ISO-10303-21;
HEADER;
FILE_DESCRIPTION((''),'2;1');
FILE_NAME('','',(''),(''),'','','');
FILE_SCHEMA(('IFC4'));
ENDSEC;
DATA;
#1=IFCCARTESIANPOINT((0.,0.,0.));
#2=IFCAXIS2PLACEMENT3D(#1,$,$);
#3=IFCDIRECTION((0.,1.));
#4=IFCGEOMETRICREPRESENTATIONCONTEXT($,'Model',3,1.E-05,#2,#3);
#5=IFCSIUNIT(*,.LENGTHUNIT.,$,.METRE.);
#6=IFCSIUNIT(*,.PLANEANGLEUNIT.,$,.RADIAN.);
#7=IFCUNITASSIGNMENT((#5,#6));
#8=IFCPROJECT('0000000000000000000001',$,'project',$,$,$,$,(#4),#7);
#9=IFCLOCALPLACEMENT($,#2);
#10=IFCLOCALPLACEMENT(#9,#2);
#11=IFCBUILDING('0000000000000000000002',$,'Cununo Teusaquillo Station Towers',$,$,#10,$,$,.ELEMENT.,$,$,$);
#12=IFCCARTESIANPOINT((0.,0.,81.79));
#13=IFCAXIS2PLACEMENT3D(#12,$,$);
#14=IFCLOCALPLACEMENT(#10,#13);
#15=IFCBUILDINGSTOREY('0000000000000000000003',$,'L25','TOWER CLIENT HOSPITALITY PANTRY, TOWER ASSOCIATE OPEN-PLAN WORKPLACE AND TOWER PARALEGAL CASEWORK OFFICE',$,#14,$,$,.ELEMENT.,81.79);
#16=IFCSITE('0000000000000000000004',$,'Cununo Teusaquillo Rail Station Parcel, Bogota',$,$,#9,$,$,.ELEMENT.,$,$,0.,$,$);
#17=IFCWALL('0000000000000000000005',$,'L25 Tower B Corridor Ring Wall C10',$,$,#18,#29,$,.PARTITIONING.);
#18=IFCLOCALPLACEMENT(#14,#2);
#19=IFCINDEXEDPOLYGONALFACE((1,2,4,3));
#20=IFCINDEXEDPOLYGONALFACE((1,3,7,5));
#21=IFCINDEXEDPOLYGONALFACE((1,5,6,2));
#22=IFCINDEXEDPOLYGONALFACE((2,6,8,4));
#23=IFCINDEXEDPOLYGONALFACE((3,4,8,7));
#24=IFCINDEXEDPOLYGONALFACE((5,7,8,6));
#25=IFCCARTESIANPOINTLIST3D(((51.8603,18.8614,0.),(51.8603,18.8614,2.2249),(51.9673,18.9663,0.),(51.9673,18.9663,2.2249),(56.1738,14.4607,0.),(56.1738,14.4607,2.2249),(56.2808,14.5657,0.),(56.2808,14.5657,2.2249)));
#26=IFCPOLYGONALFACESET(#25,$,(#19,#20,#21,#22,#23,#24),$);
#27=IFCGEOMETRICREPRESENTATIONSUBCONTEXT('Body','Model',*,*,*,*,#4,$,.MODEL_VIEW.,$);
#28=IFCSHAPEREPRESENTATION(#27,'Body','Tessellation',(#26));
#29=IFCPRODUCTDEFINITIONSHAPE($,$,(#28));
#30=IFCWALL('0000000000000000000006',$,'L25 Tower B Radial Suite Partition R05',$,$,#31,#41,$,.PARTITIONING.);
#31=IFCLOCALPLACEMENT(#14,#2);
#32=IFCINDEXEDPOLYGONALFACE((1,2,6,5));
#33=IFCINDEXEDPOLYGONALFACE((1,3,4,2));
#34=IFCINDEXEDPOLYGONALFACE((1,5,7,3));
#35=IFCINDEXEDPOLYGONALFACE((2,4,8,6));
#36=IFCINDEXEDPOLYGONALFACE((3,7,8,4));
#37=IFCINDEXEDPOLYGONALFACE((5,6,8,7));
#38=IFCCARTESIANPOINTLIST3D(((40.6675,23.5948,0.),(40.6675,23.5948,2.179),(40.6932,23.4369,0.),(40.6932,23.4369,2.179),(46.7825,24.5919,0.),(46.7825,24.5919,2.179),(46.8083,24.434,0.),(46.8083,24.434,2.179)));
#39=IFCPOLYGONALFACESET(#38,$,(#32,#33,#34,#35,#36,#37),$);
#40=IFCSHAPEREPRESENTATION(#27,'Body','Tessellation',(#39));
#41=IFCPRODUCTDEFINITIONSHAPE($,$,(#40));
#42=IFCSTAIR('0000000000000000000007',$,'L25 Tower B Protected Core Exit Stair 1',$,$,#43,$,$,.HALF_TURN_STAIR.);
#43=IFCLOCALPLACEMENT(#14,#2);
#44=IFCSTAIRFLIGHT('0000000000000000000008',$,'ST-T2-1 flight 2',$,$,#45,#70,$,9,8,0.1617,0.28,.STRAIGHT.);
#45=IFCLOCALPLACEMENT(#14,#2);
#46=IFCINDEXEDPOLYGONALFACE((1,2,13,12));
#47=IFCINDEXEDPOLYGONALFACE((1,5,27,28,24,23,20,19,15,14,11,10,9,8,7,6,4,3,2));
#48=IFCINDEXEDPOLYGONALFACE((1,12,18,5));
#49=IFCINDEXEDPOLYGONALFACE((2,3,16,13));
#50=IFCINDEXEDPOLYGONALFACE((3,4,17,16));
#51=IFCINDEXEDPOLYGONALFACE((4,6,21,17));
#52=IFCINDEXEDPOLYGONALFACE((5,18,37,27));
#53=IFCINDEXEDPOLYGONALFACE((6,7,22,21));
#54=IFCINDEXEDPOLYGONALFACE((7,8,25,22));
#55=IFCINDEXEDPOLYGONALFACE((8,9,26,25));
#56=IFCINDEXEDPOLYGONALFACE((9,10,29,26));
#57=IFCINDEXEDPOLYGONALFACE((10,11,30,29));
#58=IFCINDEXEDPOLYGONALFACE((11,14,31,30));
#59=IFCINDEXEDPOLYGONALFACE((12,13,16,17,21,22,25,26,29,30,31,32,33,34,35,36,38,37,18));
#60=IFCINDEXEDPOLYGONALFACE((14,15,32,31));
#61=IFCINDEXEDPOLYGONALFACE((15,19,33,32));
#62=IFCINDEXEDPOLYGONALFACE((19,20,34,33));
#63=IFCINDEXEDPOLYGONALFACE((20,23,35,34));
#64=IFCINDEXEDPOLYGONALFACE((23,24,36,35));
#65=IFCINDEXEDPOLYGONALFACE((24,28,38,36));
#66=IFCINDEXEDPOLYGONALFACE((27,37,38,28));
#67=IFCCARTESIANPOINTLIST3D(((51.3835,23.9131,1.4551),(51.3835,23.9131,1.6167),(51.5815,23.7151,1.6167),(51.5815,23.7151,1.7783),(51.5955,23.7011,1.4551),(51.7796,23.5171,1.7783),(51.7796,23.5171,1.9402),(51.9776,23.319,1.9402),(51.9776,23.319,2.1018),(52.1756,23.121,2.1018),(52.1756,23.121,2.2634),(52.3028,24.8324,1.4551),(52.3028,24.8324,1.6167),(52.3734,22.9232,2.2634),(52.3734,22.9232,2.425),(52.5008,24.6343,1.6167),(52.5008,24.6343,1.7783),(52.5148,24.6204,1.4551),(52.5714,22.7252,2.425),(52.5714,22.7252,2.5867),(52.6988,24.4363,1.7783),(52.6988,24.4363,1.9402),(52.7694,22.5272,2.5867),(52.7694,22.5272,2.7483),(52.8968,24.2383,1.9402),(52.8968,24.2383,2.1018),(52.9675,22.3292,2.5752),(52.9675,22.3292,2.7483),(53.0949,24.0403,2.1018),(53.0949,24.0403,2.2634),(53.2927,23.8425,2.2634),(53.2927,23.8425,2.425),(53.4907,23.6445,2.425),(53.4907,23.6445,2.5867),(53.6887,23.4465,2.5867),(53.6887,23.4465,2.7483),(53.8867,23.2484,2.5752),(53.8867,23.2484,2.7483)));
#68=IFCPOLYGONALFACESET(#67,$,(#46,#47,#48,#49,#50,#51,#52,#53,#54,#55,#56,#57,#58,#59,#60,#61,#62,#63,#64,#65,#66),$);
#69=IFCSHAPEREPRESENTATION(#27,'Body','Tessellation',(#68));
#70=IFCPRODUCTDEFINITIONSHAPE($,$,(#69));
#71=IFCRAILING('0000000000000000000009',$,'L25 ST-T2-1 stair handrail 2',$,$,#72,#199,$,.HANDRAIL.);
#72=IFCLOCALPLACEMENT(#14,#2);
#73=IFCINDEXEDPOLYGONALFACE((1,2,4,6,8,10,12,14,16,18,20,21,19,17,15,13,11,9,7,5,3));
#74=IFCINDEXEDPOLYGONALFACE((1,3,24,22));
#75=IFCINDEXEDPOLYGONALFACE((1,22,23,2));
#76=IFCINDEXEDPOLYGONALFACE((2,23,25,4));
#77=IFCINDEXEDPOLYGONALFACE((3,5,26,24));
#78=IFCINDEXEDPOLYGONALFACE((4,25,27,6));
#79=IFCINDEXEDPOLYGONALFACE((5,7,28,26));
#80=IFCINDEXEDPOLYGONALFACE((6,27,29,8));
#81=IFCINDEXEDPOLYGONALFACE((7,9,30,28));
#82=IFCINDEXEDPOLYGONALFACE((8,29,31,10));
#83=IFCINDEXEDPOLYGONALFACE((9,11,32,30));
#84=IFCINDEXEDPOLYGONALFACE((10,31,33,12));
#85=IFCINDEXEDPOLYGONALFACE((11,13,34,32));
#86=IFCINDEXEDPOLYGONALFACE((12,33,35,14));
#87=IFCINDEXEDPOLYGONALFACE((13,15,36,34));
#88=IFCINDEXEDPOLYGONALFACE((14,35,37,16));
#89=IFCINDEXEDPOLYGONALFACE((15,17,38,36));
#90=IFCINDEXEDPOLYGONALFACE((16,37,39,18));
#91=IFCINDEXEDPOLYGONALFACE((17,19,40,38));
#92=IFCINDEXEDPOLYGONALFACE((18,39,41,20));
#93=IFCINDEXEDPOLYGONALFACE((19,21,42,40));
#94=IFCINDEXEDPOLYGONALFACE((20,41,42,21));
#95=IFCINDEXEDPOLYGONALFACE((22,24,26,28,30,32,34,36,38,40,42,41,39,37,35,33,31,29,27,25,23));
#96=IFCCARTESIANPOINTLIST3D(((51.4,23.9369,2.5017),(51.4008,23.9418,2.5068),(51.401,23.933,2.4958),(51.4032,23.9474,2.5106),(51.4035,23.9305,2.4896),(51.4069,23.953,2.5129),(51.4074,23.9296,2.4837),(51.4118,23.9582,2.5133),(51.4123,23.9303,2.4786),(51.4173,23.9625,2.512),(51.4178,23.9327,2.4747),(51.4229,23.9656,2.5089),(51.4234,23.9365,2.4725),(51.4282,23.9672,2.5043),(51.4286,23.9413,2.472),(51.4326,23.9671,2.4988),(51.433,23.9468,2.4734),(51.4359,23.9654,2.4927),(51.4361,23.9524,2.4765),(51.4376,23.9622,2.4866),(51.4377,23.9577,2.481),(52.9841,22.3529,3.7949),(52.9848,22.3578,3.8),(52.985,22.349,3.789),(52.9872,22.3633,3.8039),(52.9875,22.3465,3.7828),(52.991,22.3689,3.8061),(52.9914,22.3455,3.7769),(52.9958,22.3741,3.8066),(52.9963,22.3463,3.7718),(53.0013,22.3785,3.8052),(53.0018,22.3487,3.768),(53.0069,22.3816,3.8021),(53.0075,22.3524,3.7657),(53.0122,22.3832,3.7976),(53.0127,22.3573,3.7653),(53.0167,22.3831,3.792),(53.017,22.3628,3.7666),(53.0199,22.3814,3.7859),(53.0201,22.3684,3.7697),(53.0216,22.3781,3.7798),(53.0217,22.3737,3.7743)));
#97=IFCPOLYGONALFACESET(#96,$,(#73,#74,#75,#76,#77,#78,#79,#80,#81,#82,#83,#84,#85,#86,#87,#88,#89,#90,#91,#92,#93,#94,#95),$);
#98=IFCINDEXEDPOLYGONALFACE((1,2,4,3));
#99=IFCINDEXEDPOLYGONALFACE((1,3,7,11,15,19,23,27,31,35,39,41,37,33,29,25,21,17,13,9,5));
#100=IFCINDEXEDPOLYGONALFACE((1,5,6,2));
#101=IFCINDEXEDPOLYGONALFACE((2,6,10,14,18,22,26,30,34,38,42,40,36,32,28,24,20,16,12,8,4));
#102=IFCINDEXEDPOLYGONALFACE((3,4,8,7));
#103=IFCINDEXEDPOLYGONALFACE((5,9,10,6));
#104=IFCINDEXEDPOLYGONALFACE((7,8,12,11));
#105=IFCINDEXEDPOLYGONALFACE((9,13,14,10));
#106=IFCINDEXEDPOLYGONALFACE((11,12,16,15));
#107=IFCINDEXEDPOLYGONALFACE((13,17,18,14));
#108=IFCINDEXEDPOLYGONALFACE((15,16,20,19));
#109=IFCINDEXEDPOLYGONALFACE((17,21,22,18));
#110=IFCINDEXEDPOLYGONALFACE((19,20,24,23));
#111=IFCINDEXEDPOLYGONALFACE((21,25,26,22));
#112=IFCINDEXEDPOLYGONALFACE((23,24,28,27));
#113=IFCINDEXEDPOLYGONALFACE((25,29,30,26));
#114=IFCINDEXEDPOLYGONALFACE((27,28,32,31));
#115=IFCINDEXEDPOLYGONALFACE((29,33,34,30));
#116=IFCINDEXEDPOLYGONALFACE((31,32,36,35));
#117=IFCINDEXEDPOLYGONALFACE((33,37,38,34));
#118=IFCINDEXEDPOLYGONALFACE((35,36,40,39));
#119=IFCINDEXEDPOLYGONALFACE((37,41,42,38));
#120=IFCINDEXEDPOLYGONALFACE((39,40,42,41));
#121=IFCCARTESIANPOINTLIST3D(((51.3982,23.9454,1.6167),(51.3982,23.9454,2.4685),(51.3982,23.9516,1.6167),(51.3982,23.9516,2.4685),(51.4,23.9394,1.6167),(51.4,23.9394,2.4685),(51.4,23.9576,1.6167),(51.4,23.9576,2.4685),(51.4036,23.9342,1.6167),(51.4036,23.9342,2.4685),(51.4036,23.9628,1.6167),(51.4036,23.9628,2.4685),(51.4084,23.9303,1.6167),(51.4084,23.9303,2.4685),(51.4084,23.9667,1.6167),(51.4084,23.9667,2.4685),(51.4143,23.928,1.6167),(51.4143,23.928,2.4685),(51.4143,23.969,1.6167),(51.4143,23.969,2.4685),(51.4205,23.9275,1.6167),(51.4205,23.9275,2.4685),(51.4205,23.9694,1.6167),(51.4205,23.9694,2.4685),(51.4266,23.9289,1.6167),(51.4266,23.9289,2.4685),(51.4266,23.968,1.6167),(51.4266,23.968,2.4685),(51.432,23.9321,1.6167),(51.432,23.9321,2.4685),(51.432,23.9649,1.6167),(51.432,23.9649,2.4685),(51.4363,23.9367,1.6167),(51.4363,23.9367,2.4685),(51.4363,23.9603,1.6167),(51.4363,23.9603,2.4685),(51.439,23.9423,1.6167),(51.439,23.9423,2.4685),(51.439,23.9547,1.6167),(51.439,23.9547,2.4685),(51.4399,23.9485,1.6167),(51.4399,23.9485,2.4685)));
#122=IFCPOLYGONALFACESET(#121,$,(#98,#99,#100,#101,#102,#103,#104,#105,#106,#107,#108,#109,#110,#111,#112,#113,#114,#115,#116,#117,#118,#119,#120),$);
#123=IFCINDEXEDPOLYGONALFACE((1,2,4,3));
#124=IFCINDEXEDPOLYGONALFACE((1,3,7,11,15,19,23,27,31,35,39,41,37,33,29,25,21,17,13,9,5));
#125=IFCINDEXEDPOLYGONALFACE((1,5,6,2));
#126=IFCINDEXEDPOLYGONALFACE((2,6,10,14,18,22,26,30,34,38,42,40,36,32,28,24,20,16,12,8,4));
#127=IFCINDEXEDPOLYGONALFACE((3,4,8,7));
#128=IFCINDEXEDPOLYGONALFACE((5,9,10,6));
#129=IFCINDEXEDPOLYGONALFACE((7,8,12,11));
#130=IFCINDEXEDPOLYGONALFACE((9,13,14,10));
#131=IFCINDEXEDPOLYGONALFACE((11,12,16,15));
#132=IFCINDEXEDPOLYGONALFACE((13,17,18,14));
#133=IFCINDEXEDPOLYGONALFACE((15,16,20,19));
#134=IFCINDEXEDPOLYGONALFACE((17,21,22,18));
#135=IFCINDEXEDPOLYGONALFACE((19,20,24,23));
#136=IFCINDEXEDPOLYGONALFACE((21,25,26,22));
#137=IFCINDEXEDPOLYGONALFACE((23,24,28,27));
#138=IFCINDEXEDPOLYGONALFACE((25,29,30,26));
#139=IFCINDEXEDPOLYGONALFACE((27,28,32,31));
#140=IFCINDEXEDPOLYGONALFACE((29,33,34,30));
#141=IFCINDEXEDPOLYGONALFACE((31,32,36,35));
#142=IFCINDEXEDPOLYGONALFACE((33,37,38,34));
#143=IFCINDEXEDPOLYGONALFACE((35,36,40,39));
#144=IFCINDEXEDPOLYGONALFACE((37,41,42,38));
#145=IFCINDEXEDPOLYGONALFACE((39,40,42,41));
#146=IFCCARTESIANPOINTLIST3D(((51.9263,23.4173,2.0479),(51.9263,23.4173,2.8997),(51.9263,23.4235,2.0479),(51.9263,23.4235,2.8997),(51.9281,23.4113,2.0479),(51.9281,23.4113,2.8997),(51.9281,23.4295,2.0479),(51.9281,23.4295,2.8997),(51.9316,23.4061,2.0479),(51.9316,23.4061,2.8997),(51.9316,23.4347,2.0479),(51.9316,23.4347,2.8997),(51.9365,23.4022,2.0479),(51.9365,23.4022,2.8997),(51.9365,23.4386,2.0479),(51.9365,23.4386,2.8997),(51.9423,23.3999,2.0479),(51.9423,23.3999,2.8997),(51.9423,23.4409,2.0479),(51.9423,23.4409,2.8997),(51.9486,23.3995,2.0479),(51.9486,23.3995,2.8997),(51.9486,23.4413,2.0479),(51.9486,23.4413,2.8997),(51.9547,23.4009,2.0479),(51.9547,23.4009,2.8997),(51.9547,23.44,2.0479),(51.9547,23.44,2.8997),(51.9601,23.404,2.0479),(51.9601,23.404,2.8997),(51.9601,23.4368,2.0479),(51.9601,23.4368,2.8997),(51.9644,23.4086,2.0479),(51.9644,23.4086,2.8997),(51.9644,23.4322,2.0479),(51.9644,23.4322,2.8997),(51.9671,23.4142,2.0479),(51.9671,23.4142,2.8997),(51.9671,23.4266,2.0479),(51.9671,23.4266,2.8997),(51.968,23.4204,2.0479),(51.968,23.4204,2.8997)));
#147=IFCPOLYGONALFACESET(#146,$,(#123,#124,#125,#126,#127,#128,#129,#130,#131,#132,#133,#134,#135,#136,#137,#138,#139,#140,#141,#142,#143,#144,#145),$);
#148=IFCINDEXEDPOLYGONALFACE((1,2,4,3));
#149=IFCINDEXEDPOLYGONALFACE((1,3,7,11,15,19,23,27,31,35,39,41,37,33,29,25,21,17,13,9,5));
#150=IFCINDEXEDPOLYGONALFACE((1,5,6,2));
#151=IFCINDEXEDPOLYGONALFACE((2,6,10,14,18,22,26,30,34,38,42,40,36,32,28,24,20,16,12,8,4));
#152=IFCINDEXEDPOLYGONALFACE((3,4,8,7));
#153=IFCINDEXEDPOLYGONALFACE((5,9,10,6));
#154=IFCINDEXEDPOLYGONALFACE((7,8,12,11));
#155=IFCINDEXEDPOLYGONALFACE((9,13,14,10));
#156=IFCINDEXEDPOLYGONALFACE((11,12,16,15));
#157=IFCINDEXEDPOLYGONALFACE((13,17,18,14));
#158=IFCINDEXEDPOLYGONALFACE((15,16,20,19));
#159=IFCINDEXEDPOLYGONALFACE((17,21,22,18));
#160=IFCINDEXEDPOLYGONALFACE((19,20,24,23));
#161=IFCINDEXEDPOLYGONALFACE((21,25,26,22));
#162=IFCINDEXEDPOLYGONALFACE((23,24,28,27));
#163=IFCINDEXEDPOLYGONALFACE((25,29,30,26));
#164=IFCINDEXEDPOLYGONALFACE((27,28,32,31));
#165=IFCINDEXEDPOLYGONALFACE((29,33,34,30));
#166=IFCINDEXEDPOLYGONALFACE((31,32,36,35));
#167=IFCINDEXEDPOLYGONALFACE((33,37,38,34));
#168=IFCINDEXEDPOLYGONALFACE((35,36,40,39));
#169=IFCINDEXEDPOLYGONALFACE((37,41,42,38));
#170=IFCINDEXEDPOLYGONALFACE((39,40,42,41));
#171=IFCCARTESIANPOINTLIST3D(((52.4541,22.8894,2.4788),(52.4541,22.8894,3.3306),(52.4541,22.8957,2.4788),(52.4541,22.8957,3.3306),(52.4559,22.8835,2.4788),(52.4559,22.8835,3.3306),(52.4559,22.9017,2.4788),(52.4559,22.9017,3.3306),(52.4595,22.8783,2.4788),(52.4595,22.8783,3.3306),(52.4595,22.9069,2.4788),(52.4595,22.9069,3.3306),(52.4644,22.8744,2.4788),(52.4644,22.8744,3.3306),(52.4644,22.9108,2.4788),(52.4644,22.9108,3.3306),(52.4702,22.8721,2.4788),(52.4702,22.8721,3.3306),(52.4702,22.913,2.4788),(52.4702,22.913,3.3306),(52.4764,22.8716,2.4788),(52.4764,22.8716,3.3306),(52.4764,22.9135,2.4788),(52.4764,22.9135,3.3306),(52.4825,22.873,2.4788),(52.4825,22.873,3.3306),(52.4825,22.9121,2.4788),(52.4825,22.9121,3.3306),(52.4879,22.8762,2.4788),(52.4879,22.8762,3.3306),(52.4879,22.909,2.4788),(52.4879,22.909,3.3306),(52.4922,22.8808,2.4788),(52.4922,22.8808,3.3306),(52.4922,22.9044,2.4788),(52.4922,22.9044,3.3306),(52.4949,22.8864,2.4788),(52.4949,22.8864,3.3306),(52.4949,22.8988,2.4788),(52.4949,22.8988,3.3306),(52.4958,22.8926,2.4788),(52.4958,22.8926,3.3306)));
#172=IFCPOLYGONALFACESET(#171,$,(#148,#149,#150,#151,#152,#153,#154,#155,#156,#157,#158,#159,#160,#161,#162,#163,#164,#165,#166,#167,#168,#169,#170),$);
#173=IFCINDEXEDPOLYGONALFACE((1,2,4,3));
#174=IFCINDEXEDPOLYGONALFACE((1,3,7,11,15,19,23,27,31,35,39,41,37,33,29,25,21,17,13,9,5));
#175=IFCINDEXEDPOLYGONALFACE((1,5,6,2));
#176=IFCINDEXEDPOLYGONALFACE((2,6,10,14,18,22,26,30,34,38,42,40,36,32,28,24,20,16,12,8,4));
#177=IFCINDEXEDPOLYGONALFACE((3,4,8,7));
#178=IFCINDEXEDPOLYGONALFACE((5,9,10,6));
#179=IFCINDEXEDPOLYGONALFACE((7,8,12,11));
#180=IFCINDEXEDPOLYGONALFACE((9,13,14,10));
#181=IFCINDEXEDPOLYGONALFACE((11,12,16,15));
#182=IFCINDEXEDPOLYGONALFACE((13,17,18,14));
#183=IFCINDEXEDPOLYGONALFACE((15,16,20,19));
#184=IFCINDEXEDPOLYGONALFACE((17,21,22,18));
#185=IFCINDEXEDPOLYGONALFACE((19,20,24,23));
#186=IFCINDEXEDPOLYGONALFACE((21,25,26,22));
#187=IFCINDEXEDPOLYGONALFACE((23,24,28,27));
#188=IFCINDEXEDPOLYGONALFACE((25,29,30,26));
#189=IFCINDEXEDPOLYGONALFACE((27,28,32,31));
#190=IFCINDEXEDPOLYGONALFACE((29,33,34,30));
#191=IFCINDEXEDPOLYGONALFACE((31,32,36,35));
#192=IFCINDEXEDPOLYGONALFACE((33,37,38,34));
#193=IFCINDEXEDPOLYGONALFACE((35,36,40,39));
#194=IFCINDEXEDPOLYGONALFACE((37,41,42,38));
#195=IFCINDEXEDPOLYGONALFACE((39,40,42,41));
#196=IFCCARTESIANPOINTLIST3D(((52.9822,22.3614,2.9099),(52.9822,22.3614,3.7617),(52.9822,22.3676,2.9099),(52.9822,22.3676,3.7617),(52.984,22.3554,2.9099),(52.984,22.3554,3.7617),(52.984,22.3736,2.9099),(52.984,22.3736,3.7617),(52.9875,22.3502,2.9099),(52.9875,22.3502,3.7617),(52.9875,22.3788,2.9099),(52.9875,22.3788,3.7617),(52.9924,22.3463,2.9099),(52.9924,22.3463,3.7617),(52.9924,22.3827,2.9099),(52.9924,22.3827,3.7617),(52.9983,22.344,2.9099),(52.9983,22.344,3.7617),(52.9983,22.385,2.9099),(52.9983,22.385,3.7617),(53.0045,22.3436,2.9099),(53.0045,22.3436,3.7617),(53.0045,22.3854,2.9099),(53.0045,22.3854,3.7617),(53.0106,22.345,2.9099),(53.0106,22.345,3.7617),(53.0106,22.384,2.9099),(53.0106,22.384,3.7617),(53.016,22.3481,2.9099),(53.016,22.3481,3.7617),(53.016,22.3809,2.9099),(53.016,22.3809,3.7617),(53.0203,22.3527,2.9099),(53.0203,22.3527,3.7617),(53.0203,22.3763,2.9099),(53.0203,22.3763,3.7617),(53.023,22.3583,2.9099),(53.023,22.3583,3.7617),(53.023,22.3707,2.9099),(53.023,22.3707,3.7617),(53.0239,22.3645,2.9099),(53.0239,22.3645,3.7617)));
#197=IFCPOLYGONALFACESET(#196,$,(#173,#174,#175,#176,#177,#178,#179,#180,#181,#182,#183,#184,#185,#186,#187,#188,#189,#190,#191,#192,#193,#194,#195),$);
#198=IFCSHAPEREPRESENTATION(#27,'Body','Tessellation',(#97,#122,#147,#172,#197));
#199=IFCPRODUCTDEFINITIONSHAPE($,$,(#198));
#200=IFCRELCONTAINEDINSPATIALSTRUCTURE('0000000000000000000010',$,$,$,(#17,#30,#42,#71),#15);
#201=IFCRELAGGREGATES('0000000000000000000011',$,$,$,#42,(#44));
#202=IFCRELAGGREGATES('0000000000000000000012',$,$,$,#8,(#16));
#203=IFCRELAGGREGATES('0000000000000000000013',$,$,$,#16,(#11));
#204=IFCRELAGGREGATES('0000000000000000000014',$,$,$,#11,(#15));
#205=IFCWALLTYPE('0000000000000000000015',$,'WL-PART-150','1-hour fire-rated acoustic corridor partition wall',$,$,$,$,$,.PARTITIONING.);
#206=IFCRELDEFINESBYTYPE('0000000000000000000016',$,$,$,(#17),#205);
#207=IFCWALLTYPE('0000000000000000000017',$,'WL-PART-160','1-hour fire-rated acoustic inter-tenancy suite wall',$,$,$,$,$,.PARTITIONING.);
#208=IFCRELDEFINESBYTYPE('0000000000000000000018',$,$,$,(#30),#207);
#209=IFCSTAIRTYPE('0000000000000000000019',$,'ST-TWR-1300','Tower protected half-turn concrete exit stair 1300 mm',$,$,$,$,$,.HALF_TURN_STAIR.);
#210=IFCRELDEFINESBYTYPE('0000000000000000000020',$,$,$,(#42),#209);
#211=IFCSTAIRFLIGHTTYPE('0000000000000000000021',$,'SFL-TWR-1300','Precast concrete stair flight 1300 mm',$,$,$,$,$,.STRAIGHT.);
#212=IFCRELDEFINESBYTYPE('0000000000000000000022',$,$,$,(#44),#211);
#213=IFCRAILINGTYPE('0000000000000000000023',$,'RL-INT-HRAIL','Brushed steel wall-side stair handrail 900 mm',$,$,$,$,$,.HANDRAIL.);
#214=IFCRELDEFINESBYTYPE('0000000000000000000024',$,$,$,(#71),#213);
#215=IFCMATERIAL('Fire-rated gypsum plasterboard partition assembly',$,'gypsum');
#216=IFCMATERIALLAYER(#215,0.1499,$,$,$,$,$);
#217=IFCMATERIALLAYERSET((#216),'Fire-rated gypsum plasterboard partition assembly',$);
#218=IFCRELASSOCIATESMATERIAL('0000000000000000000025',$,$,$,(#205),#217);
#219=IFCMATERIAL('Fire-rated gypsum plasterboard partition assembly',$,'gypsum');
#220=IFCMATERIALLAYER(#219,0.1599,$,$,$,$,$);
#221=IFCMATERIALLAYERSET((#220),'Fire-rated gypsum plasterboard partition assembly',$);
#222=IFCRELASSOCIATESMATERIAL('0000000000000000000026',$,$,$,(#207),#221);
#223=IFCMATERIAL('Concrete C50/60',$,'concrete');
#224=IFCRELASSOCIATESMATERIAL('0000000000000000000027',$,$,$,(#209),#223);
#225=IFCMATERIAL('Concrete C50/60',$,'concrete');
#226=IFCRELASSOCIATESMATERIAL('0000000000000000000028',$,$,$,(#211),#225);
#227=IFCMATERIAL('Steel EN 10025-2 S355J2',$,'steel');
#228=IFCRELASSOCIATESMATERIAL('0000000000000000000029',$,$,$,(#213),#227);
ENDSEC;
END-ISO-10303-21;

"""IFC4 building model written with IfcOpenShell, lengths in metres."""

from ifc_helpers import new_model, si_unit, direction, frame, frame_2d, origin, origin_2d, place, context, subcontext, project, spatial, polyline, rectangle, circle, outline, extrude, material, layer, layer_set, type_object, element, aggregate, save


model = new_model("IFC4")

# Units and contexts
model_context = context("Model", 3, precision=1e-05, world=origin(), true_north=direction((0.0, 1.0)))
body_context = subcontext(model_context, "Body", "Model", "MODEL_VIEW")
ifc_project = project(units=[si_unit("LENGTHUNIT", "METRE"), si_unit("PLANEANGLEUNIT", "RADIAN")], contexts=[model_context])

# Site, building, storey
site_placement = place(None, origin())
site = spatial("IfcSite", under=ifc_project, at=site_placement, Name="Cununo Teusaquillo Rail Station Parcel, Bogota", CompositionType="ELEMENT", RefElevation=0.0)
building_placement = place(site_placement, origin())
building = spatial("IfcBuilding", under=site, at=building_placement, Name="Cununo Teusaquillo Station Towers", CompositionType="ELEMENT")
storey_placement = place(building_placement, frame((0.0, 0.0, 81.79)))
storey = spatial("IfcBuildingStorey", under=building, at=storey_placement, Name="L25", Description="TOWER CLIENT HOSPITALITY PANTRY, TOWER ASSOCIATE OPEN-PLAN WORKPLACE AND TOWER PARALEGAL CASEWORK OFFICE", CompositionType="ELEMENT", Elevation=81.79)

# Shared definitions
ifc_material_1 = material(Name="Fire-rated gypsum plasterboard partition assembly", Category="gypsum")
ifc_layer_1 = layer(ifc_material_1, 0.1499)
ifc_layer_set_1 = layer_set([ifc_layer_1], Name="Fire-rated gypsum plasterboard partition assembly")
wall_type_1 = type_object("IfcWallType", Name="WL-PART-150", Description="1-hour fire-rated acoustic corridor partition wall", PredefinedType="PARTITIONING", material=ifc_layer_set_1)

# Walls
wall_1_placement = place(storey_placement, frame((51.9138, 18.9138, 0.0), z_axis=(0.0, 0.0, 1.0), x_axis=(0.699999, -0.714144, 0.0)))
element("IfcWall", 1, at=wall_1_placement, inside=storey, type_object=wall_type_1, Name="L25 Tower B Corridor Ring Wall C10", PredefinedType="PARTITIONING", context=body_context, shape_type="SweptSolid", body=[
    extrude(rectangle(XDim=6.1621, YDim=0.1499, at=frame_2d((3.0811, 0.0))), origin(), (0.0, 0.0, 1.0), 2.2249),
])
ifc_material_2 = material(Name="Fire-rated gypsum plasterboard partition assembly", Category="gypsum")
ifc_layer_2 = layer(ifc_material_2, 0.1599)
ifc_layer_set_2 = layer_set([ifc_layer_2], Name="Fire-rated gypsum plasterboard partition assembly")
wall_type_2 = type_object("IfcWallType", Name="WL-PART-160", Description="1-hour fire-rated acoustic inter-tenancy suite wall", PredefinedType="PARTITIONING", material=ifc_layer_set_2)
wall_2_placement = place(storey_placement, frame((46.7954, 24.5129, 0.0), z_axis=(0.0, 0.0, 1.0), x_axis=(-0.986966, -0.160928, 0.0)))
element("IfcWall", 2, at=wall_2_placement, inside=storey, type_object=wall_type_2, Name="L25 Tower B Radial Suite Partition R05", PredefinedType="PARTITIONING", context=body_context, shape_type="SweptSolid", body=[
    extrude(rectangle(XDim=6.1958, YDim=0.1599, at=frame_2d((3.0979, 0.0))), origin(), (0.0, 0.0, 1.0), 2.179),
])

# Stair, stair flight
ifc_material_3 = material(Name="Concrete C50/60", Category="concrete")
stair_type = type_object("IfcStairType", Name="ST-TWR-1300", Description="Tower protected half-turn concrete exit stair 1300 mm", PredefinedType="HALF_TURN_STAIR", material=ifc_material_3)
stair_placement = place(storey_placement, origin())
stair = element("IfcStair", 3, at=stair_placement, inside=storey, type_object=stair_type, Name="L25 Tower B Protected Core Exit Stair 1", PredefinedType="HALF_TURN_STAIR")
ifc_material_4 = material(Name="Concrete C50/60", Category="concrete")
stair_flight_type = type_object("IfcStairFlightType", Name="SFL-TWR-1300", Description="Precast concrete stair flight 1300 mm", PredefinedType="STRAIGHT", material=ifc_material_4)
stair_flight_placement = place(storey_placement, frame((51.8433, 24.3728, 1.4551), z_axis=(0.0, 0.0, 1.0), x_axis=(0.707107, -0.707107, 0.0)))
stair_flight = element("IfcStairFlight", 4, at=stair_flight_placement, type_object=stair_flight_type, Name="ST-T2-1 flight 2", NumberOfRisers=9, NumberOfTreads=8, PredefinedType="STRAIGHT", RiserHeight=0.1617, TreadLength=0.28, context=body_context, shape_type="SweptSolid", body=[
    extrude(outline(polyline([(0.0, 0.0), (0.0, 0.1616), (0.28, 0.1616), (0.28, 0.3232), (0.5601, 0.3232), (0.5601, 0.4851), (0.8401, 0.4851), (0.8401, 0.6467), (1.1201, 0.6467), (1.1201, 0.8083), (1.3999, 0.8083), (1.3999, 0.97), (1.6799, 0.97), (1.6799, 1.1316), (1.96, 1.1316), (1.96, 1.2932), (2.24, 1.2932), (2.24, 1.4551), (2.24, 1.1201), (0.2998, 0.0), (0.0, 0.0)])), frame((0.0, 0.6499, 0.0), z_axis=(0.0, -1.0, 0.0), x_axis=(1.0, 0.0, 0.0)), (0.0, 0.0, 1.0), 1.3),
])
aggregate(stair, [stair_flight])

# Railing
ifc_material_5 = material(Name="Steel EN 10025-2 S355J2", Category="steel")
railing_type = type_object("IfcRailingType", Name="RL-INT-HRAIL", Description="Brushed steel wall-side stair handrail 900 mm", PredefinedType="HANDRAIL", material=ifc_material_5)
railing_placement = place(storey_placement, frame((51.4189, 23.9485, 1.6167)))
element("IfcRailing", 5, at=railing_placement, inside=storey, type_object=railing_type, Name="L25 ST-T2-1 stair handrail 2", PredefinedType="HANDRAIL", context=body_context, shape_type="SweptSolid", body=[
    extrude(circle(Radius=0.0239, at=origin_2d()), frame((0.0, 0.0, 0.876), z_axis=(0.612385, -0.612385, 0.49997), x_axis=(0.707107, 0.707107, 0.0)), (0.0, 0.0, 1.0), 2.5867),
    extrude(circle(Radius=0.021, at=origin_2d()), origin(), (0.0, 0.0, 1.0), 0.8518),
    extrude(circle(Radius=0.021, at=origin_2d()), frame((0.5281, -0.5281, 0.4312)), (0.0, 0.0, 1.0), 0.8518),
    extrude(circle(Radius=0.021, at=origin_2d()), frame((1.0559, -1.0559, 0.8621)), (0.0, 0.0, 1.0), 0.8518),
    extrude(circle(Radius=0.021, at=origin_2d()), frame((1.584, -1.584, 1.2932)), (0.0, 0.0, 1.0), 0.8518),
])

save(model, "model.ifc")
